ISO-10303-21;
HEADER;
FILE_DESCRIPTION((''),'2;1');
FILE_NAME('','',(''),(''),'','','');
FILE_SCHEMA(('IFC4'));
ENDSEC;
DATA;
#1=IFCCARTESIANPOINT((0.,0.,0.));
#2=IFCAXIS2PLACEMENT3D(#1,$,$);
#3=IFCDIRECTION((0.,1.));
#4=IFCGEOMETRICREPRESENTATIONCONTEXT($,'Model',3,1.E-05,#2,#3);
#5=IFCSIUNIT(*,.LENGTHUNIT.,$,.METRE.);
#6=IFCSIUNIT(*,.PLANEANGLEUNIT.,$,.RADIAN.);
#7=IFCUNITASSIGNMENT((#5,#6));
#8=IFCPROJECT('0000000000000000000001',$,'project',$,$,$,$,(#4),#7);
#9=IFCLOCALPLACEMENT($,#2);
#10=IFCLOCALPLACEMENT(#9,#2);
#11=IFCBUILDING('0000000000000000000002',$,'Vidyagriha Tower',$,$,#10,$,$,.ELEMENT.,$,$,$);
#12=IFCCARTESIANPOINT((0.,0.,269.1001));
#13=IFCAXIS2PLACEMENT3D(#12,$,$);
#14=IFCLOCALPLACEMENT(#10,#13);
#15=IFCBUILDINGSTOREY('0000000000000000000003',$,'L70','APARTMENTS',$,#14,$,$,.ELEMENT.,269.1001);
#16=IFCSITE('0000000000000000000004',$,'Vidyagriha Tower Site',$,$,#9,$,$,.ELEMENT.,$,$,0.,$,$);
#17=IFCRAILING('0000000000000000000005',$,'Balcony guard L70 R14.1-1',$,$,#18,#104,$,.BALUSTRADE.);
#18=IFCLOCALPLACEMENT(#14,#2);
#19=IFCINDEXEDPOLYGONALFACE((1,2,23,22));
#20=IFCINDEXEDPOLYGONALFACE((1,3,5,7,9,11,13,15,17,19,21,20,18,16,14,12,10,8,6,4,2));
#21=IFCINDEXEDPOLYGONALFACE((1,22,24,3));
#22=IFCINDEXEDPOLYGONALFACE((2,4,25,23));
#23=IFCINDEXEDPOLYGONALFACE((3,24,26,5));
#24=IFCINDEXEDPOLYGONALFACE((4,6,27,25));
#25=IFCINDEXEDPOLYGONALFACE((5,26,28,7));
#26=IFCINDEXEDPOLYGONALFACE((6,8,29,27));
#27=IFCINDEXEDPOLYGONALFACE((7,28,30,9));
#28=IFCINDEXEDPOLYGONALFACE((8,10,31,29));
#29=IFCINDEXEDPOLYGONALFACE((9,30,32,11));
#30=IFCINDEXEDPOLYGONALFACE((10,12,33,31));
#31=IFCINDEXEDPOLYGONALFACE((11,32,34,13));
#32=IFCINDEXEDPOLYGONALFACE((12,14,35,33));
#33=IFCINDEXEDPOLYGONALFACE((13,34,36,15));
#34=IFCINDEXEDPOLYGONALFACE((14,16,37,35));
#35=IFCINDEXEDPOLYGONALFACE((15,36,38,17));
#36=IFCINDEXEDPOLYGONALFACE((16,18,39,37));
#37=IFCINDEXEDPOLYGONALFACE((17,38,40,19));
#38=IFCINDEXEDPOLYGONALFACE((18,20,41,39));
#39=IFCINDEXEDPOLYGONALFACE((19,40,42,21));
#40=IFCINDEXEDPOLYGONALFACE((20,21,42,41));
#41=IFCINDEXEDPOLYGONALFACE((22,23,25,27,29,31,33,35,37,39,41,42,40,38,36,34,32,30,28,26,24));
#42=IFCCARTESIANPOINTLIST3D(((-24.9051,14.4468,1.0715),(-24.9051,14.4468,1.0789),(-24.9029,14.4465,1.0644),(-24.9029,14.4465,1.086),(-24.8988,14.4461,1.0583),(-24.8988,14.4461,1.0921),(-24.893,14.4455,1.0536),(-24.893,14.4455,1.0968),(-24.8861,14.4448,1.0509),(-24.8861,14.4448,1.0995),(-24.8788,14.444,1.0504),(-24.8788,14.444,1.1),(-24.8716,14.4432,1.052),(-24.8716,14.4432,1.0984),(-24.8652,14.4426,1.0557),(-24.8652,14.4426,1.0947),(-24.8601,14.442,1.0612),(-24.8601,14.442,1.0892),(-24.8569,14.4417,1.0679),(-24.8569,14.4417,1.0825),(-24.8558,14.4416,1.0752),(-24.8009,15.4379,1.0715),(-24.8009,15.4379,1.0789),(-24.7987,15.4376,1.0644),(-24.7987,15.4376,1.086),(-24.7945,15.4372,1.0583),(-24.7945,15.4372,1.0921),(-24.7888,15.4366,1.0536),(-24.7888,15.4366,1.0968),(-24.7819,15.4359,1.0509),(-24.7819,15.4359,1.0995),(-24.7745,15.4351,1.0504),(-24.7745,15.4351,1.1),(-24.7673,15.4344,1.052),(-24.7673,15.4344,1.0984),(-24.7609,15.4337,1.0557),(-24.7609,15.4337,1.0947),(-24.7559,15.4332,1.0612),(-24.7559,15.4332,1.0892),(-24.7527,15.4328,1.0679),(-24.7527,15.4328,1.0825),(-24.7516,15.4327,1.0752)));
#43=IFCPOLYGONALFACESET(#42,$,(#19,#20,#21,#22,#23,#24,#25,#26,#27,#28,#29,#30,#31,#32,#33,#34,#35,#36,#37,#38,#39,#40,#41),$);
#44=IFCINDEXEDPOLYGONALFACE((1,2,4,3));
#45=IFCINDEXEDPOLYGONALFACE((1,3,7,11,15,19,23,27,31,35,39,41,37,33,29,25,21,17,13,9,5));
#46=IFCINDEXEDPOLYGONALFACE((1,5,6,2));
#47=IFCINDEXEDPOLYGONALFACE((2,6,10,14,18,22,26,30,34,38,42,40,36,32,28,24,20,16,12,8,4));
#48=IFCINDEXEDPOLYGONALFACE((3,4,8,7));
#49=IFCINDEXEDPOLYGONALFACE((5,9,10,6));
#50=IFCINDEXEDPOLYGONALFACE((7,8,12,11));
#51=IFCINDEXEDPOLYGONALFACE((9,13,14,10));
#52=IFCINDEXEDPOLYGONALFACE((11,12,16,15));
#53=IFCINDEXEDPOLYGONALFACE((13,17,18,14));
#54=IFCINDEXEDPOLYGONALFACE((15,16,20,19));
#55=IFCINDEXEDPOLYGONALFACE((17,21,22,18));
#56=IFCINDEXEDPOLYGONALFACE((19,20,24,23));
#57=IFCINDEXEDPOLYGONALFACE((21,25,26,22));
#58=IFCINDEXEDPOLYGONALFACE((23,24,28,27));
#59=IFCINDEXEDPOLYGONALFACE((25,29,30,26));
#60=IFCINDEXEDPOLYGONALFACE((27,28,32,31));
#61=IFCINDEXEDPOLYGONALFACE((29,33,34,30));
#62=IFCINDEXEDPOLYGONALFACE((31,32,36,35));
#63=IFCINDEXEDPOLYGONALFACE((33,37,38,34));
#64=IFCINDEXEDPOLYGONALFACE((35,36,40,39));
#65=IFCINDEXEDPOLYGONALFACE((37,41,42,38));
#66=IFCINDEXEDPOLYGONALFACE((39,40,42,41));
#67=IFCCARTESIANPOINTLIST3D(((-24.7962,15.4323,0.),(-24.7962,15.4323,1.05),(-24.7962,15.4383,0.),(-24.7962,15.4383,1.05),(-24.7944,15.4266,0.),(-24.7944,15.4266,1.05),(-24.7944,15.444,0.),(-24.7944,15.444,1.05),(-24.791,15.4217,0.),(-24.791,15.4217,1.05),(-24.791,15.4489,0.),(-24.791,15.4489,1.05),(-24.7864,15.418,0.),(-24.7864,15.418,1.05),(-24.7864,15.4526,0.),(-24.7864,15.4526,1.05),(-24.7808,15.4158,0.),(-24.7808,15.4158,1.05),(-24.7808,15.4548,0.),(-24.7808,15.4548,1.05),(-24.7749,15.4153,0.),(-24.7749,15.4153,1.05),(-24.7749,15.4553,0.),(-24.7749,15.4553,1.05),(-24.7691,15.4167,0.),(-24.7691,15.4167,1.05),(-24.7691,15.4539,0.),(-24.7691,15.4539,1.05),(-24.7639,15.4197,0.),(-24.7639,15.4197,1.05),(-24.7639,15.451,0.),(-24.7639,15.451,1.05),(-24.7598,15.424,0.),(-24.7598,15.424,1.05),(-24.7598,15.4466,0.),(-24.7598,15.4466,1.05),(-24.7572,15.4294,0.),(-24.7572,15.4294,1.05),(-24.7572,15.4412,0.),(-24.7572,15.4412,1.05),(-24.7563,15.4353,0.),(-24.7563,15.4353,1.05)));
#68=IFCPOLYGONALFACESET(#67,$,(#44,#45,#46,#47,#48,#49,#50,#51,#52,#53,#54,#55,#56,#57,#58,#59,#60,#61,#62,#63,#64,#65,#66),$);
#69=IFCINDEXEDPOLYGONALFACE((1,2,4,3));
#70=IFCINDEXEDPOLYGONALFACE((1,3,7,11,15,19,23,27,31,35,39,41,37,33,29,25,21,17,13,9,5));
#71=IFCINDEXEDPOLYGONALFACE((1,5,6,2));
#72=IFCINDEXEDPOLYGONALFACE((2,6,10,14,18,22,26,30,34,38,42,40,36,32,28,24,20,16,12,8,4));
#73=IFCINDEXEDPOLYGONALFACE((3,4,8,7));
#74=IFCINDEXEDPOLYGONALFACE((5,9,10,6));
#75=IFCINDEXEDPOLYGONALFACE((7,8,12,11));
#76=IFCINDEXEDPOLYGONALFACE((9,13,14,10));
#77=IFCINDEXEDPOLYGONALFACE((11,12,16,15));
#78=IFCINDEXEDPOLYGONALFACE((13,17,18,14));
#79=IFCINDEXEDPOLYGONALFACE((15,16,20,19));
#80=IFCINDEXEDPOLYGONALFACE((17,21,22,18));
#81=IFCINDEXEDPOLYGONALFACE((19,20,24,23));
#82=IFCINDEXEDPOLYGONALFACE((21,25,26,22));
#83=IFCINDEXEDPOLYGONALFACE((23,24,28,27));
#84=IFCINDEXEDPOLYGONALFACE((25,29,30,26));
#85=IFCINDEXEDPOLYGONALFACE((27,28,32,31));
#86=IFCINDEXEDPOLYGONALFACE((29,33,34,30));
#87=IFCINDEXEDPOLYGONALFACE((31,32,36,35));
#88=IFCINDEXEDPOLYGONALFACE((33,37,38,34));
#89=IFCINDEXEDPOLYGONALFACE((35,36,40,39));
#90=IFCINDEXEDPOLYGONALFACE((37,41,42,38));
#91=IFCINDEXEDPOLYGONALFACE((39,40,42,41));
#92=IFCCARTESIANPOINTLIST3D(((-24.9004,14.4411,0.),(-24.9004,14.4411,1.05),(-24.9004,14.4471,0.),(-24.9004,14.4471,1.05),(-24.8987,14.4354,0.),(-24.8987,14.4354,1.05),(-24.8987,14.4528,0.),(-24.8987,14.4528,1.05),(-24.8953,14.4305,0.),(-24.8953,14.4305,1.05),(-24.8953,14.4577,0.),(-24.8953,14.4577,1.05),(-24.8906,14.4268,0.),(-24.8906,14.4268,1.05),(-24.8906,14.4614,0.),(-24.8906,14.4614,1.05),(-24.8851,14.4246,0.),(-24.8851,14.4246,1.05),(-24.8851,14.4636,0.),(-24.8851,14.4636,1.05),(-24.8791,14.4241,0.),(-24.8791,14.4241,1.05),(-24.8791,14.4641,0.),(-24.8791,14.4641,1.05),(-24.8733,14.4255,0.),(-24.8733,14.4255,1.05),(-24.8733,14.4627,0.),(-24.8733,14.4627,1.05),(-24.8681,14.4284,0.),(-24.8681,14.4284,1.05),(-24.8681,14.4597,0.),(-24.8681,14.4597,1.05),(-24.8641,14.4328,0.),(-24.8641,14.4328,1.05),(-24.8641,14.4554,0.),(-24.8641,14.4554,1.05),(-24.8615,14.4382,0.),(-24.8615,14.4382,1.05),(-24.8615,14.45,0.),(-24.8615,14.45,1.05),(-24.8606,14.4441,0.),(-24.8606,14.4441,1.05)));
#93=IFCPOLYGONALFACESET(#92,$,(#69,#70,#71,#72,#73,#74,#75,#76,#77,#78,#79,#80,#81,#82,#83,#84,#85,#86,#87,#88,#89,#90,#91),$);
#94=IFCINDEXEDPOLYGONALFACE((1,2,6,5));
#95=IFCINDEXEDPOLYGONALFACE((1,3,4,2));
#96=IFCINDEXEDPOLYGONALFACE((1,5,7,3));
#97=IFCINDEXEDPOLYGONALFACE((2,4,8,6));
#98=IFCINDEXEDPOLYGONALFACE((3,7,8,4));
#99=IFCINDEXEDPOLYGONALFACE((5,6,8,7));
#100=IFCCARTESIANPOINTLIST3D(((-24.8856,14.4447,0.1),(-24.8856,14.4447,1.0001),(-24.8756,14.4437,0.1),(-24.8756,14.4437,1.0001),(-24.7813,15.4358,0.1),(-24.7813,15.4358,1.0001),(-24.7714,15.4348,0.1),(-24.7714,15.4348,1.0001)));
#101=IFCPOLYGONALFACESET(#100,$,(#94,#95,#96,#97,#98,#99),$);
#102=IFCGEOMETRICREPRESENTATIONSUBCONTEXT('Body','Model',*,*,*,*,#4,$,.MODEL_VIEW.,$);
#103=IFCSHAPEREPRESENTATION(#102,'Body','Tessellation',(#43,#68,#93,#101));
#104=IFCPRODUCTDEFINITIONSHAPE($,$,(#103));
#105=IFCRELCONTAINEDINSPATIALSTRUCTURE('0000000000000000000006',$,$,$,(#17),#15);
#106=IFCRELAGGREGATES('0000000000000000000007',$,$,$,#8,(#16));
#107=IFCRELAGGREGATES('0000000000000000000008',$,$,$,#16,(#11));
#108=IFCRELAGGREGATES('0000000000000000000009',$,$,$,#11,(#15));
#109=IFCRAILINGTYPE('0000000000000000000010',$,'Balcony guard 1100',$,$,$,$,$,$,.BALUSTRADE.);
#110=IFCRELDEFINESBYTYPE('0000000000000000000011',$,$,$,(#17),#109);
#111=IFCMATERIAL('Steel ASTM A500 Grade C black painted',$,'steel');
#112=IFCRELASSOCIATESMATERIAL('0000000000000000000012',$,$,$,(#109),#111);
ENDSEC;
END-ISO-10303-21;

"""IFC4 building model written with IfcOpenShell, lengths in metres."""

from ifc_helpers import new_model, si_unit, direction, frame, origin, origin_2d, place, context, subcontext, project, spatial, rectangle, circle, extrude, material, type_object, element, save


model = new_model("IFC4")

# Units and contexts
model_context = context("Model", 3, precision=1e-05, world=origin(), true_north=direction((0.0, 1.0)))
body_context = subcontext(model_context, "Body", "Model", "MODEL_VIEW")
ifc_project = project(units=[si_unit("LENGTHUNIT", "METRE"), si_unit("PLANEANGLEUNIT", "RADIAN")], contexts=[model_context])

# Site, building, storey
site_placement = place(None, origin())
site = spatial("IfcSite", under=ifc_project, at=site_placement, Name="Vidyagriha Tower Site", CompositionType="ELEMENT", RefElevation=0.0)
building_placement = place(site_placement, origin())
building = spatial("IfcBuilding", under=site, at=building_placement, Name="Vidyagriha Tower", CompositionType="ELEMENT")
storey_placement = place(building_placement, frame((0.0, 0.0, 269.1001)))
storey = spatial("IfcBuildingStorey", under=building, at=storey_placement, Name="L70", Description="APARTMENTS", CompositionType="ELEMENT", Elevation=269.1001)

# Railing
ifc_material_1 = material(Name="Steel ASTM A500 Grade C black painted", Category="steel")
railing_type_1 = type_object("IfcRailingType", Name="Balcony guard 1100", PredefinedType="BALUSTRADE", material=ifc_material_1)
railing_1_placement = place(storey_placement, frame((-24.7764, 15.4353, 0.0)))
element("IfcRailing", 1, at=railing_1_placement, inside=storey, type_object=railing_type_1, Name="Balcony guard L70 R14.1-1", PredefinedType="BALUSTRADE", context=body_context, shape_type="SweptSolid", body=[
    extrude(circle(Radius=0.0249, at=origin_2d()), frame((0.0, 0.0, 1.0752), z_axis=(-0.104596, -0.994515, 0.0), x_axis=(0.994515, -0.104596, 0.0)), (0.0, 0.0, 1.0), 0.9966),
    extrude(circle(Radius=0.02, at=origin_2d()), origin(), (0.0, 0.0, 1.0), 1.05),
    extrude(circle(Radius=0.02, at=origin_2d()), frame((-0.1042, -0.9912, 0.0)), (0.0, 0.0, 1.0), 1.05),
    extrude(rectangle(XDim=0.01, YDim=0.9001, at=origin_2d()), frame((0.0, 0.0, 0.55), z_axis=(-0.104596, -0.994515, 0.0), x_axis=(0.994515, -0.104596, 0.0)), (0.0, 0.0, 1.0), 0.9966),
])

save(model, "model.ifc")
